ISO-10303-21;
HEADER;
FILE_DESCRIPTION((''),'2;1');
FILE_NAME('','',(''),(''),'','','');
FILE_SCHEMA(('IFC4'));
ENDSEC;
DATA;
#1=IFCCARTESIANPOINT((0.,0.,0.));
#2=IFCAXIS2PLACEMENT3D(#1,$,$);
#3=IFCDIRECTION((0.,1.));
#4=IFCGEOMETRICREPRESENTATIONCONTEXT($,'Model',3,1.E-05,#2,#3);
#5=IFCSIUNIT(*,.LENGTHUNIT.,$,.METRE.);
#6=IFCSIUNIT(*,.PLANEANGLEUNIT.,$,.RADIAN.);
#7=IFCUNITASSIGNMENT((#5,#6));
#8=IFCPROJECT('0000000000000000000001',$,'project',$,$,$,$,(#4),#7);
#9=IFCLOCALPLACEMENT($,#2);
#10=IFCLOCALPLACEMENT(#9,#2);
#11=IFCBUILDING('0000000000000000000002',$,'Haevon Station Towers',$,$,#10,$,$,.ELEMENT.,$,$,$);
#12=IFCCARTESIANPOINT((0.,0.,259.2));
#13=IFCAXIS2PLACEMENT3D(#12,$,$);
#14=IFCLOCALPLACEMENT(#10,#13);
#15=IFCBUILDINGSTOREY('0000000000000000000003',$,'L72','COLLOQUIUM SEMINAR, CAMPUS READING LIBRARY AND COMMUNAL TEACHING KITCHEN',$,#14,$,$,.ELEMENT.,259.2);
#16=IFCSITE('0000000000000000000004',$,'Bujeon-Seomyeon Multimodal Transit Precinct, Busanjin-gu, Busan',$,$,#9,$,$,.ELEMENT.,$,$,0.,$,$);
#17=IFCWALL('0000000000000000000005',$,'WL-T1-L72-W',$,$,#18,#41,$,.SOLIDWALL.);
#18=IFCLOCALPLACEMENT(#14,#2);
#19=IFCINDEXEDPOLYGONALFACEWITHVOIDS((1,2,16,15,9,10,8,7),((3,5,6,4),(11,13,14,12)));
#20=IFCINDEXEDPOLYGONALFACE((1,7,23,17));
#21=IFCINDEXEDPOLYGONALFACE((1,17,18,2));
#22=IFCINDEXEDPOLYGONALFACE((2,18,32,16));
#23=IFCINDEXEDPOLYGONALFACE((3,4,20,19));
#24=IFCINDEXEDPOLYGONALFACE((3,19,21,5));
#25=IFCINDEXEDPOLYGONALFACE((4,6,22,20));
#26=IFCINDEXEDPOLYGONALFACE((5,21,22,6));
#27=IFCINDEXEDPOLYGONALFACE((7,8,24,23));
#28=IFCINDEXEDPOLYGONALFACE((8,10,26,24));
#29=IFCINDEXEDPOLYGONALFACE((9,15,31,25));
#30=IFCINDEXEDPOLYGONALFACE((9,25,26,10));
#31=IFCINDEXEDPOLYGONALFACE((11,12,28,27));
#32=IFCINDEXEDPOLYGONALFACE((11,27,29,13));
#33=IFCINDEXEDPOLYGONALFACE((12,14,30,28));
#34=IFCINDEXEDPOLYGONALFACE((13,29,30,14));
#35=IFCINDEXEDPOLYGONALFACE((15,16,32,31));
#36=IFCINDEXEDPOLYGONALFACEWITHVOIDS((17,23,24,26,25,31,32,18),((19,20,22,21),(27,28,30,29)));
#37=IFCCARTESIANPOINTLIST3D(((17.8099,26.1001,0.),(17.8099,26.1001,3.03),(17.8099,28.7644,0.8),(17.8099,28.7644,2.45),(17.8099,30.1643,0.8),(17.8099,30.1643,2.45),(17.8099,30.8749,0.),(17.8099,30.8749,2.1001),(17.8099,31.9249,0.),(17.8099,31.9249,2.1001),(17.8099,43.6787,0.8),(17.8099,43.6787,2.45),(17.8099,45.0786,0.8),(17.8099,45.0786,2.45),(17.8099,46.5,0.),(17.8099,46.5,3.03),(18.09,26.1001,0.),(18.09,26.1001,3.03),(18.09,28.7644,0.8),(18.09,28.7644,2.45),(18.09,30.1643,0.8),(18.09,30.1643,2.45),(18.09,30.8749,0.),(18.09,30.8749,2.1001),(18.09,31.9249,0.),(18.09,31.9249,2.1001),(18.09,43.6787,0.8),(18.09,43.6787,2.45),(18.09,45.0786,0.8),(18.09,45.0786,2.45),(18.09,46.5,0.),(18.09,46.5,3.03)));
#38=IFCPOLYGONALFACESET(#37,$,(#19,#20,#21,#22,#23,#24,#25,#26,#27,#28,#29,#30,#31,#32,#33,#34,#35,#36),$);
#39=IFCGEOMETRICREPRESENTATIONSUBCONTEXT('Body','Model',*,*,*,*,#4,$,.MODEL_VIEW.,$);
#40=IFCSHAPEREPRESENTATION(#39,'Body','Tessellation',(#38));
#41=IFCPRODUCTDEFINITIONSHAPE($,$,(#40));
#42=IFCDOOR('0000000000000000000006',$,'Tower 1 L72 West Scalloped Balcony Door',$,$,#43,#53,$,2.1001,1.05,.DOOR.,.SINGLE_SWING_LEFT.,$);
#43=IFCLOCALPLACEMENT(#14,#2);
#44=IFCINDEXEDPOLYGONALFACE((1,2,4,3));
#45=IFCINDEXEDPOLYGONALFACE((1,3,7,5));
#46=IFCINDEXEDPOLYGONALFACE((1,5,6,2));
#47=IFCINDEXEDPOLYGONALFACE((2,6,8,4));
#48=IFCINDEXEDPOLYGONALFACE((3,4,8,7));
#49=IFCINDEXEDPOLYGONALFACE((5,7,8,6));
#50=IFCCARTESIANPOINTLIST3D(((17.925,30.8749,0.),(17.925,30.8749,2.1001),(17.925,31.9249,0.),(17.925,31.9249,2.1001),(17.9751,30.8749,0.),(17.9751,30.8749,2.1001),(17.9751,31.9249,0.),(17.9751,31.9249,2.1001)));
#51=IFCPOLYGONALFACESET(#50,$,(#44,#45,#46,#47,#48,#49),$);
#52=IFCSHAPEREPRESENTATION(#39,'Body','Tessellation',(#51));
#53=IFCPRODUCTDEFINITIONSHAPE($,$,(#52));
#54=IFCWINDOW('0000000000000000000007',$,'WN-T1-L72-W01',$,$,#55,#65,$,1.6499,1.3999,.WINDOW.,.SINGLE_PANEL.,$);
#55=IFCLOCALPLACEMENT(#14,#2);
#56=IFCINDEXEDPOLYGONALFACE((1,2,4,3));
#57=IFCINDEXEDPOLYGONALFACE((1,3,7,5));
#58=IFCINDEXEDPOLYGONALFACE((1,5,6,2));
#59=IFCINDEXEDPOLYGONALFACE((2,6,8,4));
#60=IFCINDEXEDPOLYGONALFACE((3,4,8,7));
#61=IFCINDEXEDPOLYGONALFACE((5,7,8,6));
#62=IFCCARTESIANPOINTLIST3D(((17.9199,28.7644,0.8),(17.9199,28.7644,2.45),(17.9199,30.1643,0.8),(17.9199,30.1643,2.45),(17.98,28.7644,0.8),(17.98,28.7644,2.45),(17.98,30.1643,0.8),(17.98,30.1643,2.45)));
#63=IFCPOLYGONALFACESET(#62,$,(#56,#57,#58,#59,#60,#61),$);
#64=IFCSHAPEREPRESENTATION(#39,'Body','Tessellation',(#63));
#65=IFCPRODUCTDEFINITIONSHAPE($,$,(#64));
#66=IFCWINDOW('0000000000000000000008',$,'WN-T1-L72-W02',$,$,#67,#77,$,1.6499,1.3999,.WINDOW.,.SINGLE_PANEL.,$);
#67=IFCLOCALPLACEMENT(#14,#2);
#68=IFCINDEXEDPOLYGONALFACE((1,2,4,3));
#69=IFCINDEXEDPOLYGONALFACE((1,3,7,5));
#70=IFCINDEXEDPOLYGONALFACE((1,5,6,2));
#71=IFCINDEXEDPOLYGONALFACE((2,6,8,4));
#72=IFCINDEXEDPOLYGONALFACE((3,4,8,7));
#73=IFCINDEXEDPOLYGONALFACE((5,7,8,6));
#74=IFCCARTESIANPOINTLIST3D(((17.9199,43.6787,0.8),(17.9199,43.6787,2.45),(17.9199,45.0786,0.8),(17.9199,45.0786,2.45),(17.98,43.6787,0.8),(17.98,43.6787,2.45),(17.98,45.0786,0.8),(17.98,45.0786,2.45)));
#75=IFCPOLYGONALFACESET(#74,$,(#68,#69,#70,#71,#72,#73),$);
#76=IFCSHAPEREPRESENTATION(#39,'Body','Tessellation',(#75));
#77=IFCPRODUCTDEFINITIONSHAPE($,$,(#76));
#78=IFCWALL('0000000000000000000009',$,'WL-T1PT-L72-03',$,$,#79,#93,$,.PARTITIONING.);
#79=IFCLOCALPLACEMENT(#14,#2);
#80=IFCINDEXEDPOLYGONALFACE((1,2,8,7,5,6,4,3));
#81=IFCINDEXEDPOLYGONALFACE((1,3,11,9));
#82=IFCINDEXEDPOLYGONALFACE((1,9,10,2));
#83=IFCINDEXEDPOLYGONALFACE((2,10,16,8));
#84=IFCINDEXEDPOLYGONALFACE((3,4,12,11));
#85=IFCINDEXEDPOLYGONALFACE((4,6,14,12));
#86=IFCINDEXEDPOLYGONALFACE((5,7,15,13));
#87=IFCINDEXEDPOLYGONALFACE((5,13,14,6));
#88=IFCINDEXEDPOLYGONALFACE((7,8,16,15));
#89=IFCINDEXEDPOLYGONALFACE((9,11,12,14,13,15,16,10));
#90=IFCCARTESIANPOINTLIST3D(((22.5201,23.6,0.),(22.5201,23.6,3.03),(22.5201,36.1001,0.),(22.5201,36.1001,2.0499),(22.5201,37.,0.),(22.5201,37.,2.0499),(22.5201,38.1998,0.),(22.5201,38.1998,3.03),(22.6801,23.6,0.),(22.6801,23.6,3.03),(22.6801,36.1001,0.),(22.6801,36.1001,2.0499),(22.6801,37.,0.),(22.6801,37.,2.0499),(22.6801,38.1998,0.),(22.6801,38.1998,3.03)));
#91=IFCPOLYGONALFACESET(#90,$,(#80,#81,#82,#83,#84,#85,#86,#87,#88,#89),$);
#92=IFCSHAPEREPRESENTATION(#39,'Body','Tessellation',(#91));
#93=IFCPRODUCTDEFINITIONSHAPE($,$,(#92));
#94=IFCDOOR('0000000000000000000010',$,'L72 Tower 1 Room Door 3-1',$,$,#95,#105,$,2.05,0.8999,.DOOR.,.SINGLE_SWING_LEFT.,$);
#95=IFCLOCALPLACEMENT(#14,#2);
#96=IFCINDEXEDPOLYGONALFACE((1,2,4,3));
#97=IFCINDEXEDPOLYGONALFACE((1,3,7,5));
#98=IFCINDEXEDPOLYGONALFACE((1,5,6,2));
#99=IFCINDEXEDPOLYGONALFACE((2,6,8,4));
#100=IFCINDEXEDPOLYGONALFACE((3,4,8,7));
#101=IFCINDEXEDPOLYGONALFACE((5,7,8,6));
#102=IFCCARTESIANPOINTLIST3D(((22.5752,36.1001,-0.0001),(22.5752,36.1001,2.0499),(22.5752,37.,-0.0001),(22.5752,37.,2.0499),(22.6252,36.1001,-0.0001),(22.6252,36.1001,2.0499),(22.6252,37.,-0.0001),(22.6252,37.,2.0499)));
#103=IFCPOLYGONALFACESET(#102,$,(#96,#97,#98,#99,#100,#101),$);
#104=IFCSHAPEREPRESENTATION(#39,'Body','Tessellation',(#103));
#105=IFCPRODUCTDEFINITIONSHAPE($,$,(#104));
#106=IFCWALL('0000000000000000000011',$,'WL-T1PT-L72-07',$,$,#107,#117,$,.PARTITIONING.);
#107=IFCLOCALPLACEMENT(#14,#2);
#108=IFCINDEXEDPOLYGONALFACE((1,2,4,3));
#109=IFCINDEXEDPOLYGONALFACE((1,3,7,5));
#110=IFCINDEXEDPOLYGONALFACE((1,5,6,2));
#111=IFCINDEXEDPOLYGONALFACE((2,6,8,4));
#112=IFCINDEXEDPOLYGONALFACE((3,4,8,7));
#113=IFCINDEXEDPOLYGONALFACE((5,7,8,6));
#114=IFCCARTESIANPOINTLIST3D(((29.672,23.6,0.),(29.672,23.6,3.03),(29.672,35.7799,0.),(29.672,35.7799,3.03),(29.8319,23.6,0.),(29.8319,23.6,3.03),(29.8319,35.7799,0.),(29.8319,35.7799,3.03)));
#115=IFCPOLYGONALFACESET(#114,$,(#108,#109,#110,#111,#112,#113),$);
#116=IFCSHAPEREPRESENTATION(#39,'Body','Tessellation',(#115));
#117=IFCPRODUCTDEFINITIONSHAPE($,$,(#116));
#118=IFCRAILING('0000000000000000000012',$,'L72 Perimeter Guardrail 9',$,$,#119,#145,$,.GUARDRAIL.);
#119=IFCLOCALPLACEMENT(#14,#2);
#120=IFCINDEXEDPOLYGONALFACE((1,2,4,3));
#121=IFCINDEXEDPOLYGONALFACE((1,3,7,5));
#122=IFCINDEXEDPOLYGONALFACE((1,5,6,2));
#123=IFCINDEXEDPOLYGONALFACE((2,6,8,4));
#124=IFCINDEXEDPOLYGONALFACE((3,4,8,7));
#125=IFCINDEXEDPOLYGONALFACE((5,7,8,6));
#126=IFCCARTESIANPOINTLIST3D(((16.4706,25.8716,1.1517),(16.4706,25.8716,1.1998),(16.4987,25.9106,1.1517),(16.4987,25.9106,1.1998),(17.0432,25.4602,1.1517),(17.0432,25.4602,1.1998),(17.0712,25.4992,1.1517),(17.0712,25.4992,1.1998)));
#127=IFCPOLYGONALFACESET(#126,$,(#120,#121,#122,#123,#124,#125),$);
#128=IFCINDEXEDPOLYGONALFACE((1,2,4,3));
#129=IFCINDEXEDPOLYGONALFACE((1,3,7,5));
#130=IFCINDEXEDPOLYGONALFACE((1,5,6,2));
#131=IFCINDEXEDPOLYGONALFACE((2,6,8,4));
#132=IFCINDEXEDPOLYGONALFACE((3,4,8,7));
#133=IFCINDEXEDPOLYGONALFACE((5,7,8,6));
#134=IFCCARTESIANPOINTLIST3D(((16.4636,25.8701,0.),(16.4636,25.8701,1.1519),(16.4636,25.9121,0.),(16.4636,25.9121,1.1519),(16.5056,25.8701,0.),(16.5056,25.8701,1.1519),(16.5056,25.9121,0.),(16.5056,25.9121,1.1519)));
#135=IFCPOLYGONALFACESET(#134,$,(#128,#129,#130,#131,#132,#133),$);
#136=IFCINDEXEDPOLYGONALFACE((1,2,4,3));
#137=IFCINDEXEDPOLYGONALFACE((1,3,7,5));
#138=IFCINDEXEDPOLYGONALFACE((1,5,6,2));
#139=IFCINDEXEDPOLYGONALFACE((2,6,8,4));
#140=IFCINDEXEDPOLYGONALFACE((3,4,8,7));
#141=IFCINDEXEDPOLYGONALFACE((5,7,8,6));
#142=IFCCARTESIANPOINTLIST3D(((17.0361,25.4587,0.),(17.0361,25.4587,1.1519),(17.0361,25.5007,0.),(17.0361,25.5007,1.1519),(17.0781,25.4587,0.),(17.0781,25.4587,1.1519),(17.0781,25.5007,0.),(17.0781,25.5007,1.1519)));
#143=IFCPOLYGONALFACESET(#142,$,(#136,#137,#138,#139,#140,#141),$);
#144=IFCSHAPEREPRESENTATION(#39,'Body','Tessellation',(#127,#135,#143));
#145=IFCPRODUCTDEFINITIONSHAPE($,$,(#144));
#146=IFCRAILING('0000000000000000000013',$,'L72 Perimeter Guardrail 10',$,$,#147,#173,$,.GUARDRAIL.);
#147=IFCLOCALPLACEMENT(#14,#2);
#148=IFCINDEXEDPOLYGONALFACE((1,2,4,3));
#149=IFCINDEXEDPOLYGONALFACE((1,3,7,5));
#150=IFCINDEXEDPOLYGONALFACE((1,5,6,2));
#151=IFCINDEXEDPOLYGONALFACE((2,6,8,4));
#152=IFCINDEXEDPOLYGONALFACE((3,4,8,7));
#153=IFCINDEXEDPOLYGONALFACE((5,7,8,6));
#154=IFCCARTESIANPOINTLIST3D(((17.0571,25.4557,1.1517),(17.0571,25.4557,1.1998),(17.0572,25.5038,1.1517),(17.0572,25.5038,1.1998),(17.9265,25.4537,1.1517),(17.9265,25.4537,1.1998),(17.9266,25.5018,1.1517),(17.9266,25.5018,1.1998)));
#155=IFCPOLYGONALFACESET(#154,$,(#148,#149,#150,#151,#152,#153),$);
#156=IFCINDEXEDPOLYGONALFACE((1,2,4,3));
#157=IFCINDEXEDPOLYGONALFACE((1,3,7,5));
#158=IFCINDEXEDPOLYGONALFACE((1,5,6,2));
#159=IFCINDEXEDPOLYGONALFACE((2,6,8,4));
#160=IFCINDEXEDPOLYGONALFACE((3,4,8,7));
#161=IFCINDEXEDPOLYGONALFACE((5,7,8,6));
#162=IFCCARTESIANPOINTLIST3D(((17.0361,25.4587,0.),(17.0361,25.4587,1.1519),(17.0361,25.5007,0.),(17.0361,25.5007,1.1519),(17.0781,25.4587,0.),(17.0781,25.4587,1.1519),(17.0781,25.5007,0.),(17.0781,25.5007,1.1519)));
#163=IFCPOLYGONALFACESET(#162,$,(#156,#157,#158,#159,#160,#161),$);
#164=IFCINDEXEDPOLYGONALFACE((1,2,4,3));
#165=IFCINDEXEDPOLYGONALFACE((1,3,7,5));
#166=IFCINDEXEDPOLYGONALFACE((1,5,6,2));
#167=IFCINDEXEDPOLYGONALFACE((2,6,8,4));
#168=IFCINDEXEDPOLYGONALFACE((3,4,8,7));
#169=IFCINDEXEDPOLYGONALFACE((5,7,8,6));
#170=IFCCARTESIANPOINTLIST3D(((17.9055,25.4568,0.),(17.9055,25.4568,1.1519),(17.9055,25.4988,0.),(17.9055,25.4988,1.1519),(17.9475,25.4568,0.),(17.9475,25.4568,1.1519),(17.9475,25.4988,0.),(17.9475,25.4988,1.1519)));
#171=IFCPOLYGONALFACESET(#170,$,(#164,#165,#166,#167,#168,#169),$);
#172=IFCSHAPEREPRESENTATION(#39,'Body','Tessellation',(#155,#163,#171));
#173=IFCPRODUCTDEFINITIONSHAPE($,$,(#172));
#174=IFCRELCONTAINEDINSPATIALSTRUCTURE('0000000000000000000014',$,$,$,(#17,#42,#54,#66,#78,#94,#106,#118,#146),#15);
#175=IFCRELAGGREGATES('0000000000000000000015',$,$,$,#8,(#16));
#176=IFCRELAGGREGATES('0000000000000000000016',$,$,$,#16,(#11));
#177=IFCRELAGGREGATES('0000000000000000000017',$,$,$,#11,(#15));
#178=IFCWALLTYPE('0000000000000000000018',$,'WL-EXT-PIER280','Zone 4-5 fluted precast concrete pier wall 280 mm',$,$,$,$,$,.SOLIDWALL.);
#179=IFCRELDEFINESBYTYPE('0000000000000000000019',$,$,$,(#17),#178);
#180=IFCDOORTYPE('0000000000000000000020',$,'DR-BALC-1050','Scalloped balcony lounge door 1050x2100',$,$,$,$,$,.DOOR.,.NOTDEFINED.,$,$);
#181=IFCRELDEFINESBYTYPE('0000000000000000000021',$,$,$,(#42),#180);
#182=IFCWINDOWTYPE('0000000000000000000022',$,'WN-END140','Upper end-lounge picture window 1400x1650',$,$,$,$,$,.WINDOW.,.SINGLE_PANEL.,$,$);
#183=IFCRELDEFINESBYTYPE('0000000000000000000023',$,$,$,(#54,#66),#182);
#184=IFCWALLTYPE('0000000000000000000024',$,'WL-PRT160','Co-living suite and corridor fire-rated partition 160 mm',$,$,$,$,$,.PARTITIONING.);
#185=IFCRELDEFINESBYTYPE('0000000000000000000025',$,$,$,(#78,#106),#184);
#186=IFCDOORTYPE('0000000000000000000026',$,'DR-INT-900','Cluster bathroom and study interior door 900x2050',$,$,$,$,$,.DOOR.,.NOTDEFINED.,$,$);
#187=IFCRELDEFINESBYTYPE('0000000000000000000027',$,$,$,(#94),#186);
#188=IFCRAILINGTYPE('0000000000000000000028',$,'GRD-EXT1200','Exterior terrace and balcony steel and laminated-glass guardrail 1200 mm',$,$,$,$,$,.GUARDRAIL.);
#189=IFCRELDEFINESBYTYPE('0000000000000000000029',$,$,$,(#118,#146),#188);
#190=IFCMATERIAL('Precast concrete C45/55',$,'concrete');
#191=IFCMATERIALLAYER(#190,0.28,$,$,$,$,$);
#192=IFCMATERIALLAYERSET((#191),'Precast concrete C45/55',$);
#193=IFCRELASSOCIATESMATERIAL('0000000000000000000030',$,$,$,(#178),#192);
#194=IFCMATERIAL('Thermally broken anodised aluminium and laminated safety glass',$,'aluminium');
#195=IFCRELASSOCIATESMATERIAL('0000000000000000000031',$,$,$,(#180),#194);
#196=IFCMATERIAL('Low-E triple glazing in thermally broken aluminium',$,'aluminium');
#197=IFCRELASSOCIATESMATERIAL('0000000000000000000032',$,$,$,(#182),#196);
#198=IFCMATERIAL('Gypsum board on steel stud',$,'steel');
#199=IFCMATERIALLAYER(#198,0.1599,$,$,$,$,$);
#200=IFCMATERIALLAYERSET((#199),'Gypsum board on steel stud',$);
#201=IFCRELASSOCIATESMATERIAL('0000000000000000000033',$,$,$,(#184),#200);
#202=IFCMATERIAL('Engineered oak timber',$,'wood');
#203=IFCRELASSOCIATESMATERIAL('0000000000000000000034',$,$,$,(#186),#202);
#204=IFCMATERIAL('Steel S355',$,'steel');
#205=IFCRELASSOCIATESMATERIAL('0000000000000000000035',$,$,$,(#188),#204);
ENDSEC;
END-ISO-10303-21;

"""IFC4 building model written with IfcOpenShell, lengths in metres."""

from ifc_helpers import new_model, si_unit, direction, frame, frame_2d, origin, origin_2d, place, context, subcontext, project, spatial, rectangle, extrude, material, layer, layer_set, type_object, element, fill, save


model = new_model("IFC4")

# Units and contexts
model_context = context("Model", 3, precision=1e-05, world=origin(), true_north=direction((0.0, 1.0)))
body_context = subcontext(model_context, "Body", "Model", "MODEL_VIEW")
ifc_project = project(units=[si_unit("LENGTHUNIT", "METRE"), si_unit("PLANEANGLEUNIT", "RADIAN")], contexts=[model_context])

# Site, building, storey
site_placement = place(None, origin())
site = spatial("IfcSite", under=ifc_project, at=site_placement, Name="Bujeon-Seomyeon Multimodal Transit Precinct, Busanjin-gu, Busan", CompositionType="ELEMENT", RefElevation=0.0)
building_placement = place(site_placement, origin())
building = spatial("IfcBuilding", under=site, at=building_placement, Name="Haevon Station Towers", CompositionType="ELEMENT")
storey_placement = place(building_placement, frame((0.0, 0.0, 259.2)))
storey = spatial("IfcBuildingStorey", under=building, at=storey_placement, Name="L72", Description="COLLOQUIUM SEMINAR, CAMPUS READING LIBRARY AND COMMUNAL TEACHING KITCHEN", CompositionType="ELEMENT", Elevation=259.2)

# Shared definitions
ifc_material_1 = material(Name="Steel S355", Category="steel")

# Shared definitions
ifc_material_2 = material(Name="Precast concrete C45/55", Category="concrete")
ifc_layer_1 = layer(ifc_material_2, 0.28)
ifc_layer_set_1 = layer_set([ifc_layer_1], Name="Precast concrete C45/55")
wall_type_1 = type_object("IfcWallType", Name="WL-EXT-PIER280", Description="Zone 4-5 fluted precast concrete pier wall 280 mm", PredefinedType="SOLIDWALL", material=ifc_layer_set_1)

# Wall, openings, door, windows
wall_1_placement = place(storey_placement, frame((17.95, 26.1001, 0.0), z_axis=(0.0, 0.0, 1.0), x_axis=(0.0, 1.0, 0.0)))
wall_1 = element("IfcWall", 1, at=wall_1_placement, inside=storey, type_object=wall_type_1, Name="WL-T1-L72-W", PredefinedType="SOLIDWALL", context=body_context, shape_type="SweptSolid", body=[
    extrude(rectangle(XDim=20.3999, YDim=0.28, at=frame_2d((10.2, 0.0))), origin(), (0.0, 0.0, 1.0), 3.03),
])
opening_1_placement = place(wall_1_placement, frame((4.7749, 0.0, 0.0)))
opening_1 = element("IfcOpeningElement", 2, at=opening_1_placement, cuts=wall_1, PredefinedType="OPENING", context=body_context, shape_type="SweptSolid", body=[
    extrude(rectangle(XDim=1.05, YDim=2.1001, at=frame_2d((0.5249, 1.05))), frame((0.0, 0.1499, 0.0), z_axis=(0.0, -1.0, 0.0), x_axis=(1.0, 0.0, 0.0)), (0.0, 0.0, 1.0), 0.3),
])
opening_2_placement = place(wall_1_placement, frame((2.6643, 0.0, 0.8)))
opening_2 = element("IfcOpeningElement", 3, at=opening_2_placement, cuts=wall_1, PredefinedType="OPENING", context=body_context, shape_type="SweptSolid", body=[
    extrude(rectangle(XDim=1.3999, YDim=1.6499, at=frame_2d((0.7, 0.825))), frame((0.0, 0.1499, 0.0), z_axis=(0.0, -1.0, 0.0), x_axis=(1.0, 0.0, 0.0)), (0.0, 0.0, 1.0), 0.3),
])
opening_3_placement = place(wall_1_placement, frame((17.5786, 0.0, 0.8)))
opening_3 = element("IfcOpeningElement", 4, at=opening_3_placement, cuts=wall_1, PredefinedType="OPENING", context=body_context, shape_type="SweptSolid", body=[
    extrude(rectangle(XDim=1.3999, YDim=1.6499, at=frame_2d((0.7, 0.825))), frame((0.0, 0.1499, 0.0), z_axis=(0.0, -1.0, 0.0), x_axis=(1.0, 0.0, 0.0)), (0.0, 0.0, 1.0), 0.3),
])
ifc_material_3 = material(Name="Thermally broken anodised aluminium and laminated safety glass", Category="aluminium")
door_type_1 = type_object("IfcDoorType", Name="DR-BALC-1050", Description="Scalloped balcony lounge door 1050x2100", OperationType="NOTDEFINED", PredefinedType="DOOR", material=ifc_material_3)
door_1_placement = place(opening_1_placement, origin())
door_1 = element("IfcDoor", 5, at=door_1_placement, inside=storey, type_object=door_type_1, Name="Tower 1 L72 West Scalloped Balcony Door", OperationType="SINGLE_SWING_LEFT", OverallHeight=2.1001, OverallWidth=1.05, PredefinedType="DOOR", context=body_context, shape_type="SweptSolid", body=[
    extrude(rectangle(XDim=1.05, YDim=2.1001, at=frame_2d((0.5249, 1.05))), frame((0.0, 0.0249, 0.0), z_axis=(0.0, -1.0, 0.0), x_axis=(1.0, 0.0, 0.0)), (0.0, 0.0, 1.0), 0.05),
])
fill(opening_1, door_1)
ifc_material_4 = material(Name="Low-E triple glazing in thermally broken aluminium", Category="aluminium")
window_type = type_object("IfcWindowType", Name="WN-END140", Description="Upper end-lounge picture window 1400x1650", PartitioningType="SINGLE_PANEL", PredefinedType="WINDOW", material=ifc_material_4)
window_1_placement = place(opening_2_placement, origin())
window_1 = element("IfcWindow", 6, at=window_1_placement, inside=storey, type_object=window_type, Name="WN-T1-L72-W01", OverallHeight=1.6499, OverallWidth=1.3999, PartitioningType="SINGLE_PANEL", PredefinedType="WINDOW", context=body_context, shape_type="SweptSolid", body=[
    extrude(rectangle(XDim=1.3999, YDim=1.6499, at=frame_2d((0.7, 0.825))), frame((0.0, 0.03, 0.0), z_axis=(0.0, -1.0, 0.0), x_axis=(1.0, 0.0, 0.0)), (0.0, 0.0, 1.0), 0.0601),
])
fill(opening_2, window_1)
window_2_placement = place(opening_3_placement, origin())
window_2 = element("IfcWindow", 7, at=window_2_placement, inside=storey, type_object=window_type, Name="WN-T1-L72-W02", OverallHeight=1.6499, OverallWidth=1.3999, PartitioningType="SINGLE_PANEL", PredefinedType="WINDOW", context=body_context, shape_type="SweptSolid", body=[
    extrude(rectangle(XDim=1.3999, YDim=1.6499, at=frame_2d((0.7, 0.825))), frame((0.0, 0.03, 0.0), z_axis=(0.0, -1.0, 0.0), x_axis=(1.0, 0.0, 0.0)), (0.0, 0.0, 1.0), 0.0601),
])
fill(opening_3, window_2)

# Wall, opening, door
ifc_material_5 = material(Name="Gypsum board on steel stud", Category="steel")
ifc_layer_2 = layer(ifc_material_5, 0.1599)
ifc_layer_set_2 = layer_set([ifc_layer_2], Name="Gypsum board on steel stud")
wall_type_2 = type_object("IfcWallType", Name="WL-PRT160", Description="Co-living suite and corridor fire-rated partition 160 mm", PredefinedType="PARTITIONING", material=ifc_layer_set_2)
wall_2_placement = place(storey_placement, frame((22.6001, 23.6001, 0.0), z_axis=(0.0, 0.0, 1.0), x_axis=(0.0, 1.0, 0.0)))
wall_2 = element("IfcWall", 8, at=wall_2_placement, inside=storey, type_object=wall_type_2, Name="WL-T1PT-L72-03", PredefinedType="PARTITIONING", context=body_context, shape_type="SweptSolid", body=[
    extrude(rectangle(XDim=14.5999, YDim=0.1599, at=frame_2d((7.2998, 0.0))), origin(), (0.0, 0.0, 1.0), 3.03),
])
opening_4_placement = place(wall_2_placement, frame((12.5, 0.0, 0.0)))
opening_4 = element("IfcOpeningElement", 9, at=opening_4_placement, cuts=wall_2, PredefinedType="OPENING", context=body_context, shape_type="SweptSolid", body=[
    extrude(rectangle(XDim=0.8999, YDim=2.05, at=frame_2d((0.45, 1.0249))), frame((0.0, 0.0898, 0.0), z_axis=(0.0, -1.0, 0.0), x_axis=(1.0, 0.0, 0.0)), (0.0, 0.0, 1.0), 0.1799),
])
ifc_material_6 = material(Name="Engineered oak timber", Category="wood")
door_type_2 = type_object("IfcDoorType", Name="DR-INT-900", Description="Cluster bathroom and study interior door 900x2050", OperationType="NOTDEFINED", PredefinedType="DOOR", material=ifc_material_6)
door_2_placement = place(opening_4_placement, origin())
door_2 = element("IfcDoor", 10, at=door_2_placement, inside=storey, type_object=door_type_2, Name="L72 Tower 1 Room Door 3-1", OperationType="SINGLE_SWING_LEFT", OverallHeight=2.05, OverallWidth=0.8999, PredefinedType="DOOR", context=body_context, shape_type="SweptSolid", body=[
    extrude(rectangle(XDim=0.8999, YDim=2.05, at=frame_2d((0.45, 1.0249))), frame((0.0, 0.0249, 0.0), z_axis=(0.0, -1.0, 0.0), x_axis=(1.0, 0.0, 0.0)), (0.0, 0.0, 1.0), 0.05),
])
fill(opening_4, door_2)

# Wall
wall_3_placement = place(storey_placement, frame((29.752, 23.6001, 0.0), z_axis=(0.0, 0.0, 1.0), x_axis=(0.0, 1.0, 0.0)))
element("IfcWall", 11, at=wall_3_placement, inside=storey, type_object=wall_type_2, Name="WL-T1PT-L72-07", PredefinedType="PARTITIONING", context=body_context, shape_type="SweptSolid", body=[
    extrude(rectangle(XDim=12.1799, YDim=0.1599, at=frame_2d((6.0898, 0.0))), origin(), (0.0, 0.0, 1.0), 3.03),
])

# Railings
railing_type = type_object("IfcRailingType", Name="GRD-EXT1200", Description="Exterior terrace and balcony steel and laminated-glass guardrail 1200 mm", PredefinedType="GUARDRAIL", material=ifc_material_1)
railing_1_placement = place(storey_placement, frame((16.4846, 25.8911, 0.0)))
element("IfcRailing", 12, at=railing_1_placement, inside=storey, type_object=railing_type, Name="L72 Perimeter Guardrail 9", PredefinedType="GUARDRAIL", context=body_context, shape_type="SweptSolid", body=[
    extrude(rectangle(XDim=0.0481, YDim=0.0481, at=origin_2d()), frame((0.0, 0.0, 1.1758), z_axis=(0.812092, -0.583529, 0.0), x_axis=(0.583529, 0.812092, 0.0)), (0.0, 0.0, 1.0), 0.7051),
    extrude(rectangle(XDim=0.042, YDim=0.042, at=origin_2d()), origin(), (0.0, 0.0, 1.0), 1.1519),
    extrude(rectangle(XDim=0.042, YDim=0.042, at=origin_2d()), frame((0.5725, -0.4114, 0.0)), (0.0, 0.0, 1.0), 1.1519),
])
railing_2_placement = place(storey_placement, frame((17.0571, 25.4797, 0.0)))
element("IfcRailing", 13, at=railing_2_placement, inside=storey, type_object=railing_type, Name="L72 Perimeter Guardrail 10", PredefinedType="GUARDRAIL", context=body_context, shape_type="SweptSolid", body=[
    extrude(rectangle(XDim=0.0481, YDim=0.0481, at=origin_2d()), frame((0.0, 0.0, 1.1758), z_axis=(0.999997, -0.002247, 0.0), x_axis=(0.002247, 0.999997, 0.0)), (0.0, 0.0, 1.0), 0.8694),
    extrude(rectangle(XDim=0.042, YDim=0.042, at=origin_2d()), origin(), (0.0, 0.0, 1.0), 1.1519),
    extrude(rectangle(XDim=0.042, YDim=0.042, at=origin_2d()), frame((0.8694, -0.002, 0.0)), (0.0, 0.0, 1.0), 1.1519),
])

save(model, "model.ifc")
